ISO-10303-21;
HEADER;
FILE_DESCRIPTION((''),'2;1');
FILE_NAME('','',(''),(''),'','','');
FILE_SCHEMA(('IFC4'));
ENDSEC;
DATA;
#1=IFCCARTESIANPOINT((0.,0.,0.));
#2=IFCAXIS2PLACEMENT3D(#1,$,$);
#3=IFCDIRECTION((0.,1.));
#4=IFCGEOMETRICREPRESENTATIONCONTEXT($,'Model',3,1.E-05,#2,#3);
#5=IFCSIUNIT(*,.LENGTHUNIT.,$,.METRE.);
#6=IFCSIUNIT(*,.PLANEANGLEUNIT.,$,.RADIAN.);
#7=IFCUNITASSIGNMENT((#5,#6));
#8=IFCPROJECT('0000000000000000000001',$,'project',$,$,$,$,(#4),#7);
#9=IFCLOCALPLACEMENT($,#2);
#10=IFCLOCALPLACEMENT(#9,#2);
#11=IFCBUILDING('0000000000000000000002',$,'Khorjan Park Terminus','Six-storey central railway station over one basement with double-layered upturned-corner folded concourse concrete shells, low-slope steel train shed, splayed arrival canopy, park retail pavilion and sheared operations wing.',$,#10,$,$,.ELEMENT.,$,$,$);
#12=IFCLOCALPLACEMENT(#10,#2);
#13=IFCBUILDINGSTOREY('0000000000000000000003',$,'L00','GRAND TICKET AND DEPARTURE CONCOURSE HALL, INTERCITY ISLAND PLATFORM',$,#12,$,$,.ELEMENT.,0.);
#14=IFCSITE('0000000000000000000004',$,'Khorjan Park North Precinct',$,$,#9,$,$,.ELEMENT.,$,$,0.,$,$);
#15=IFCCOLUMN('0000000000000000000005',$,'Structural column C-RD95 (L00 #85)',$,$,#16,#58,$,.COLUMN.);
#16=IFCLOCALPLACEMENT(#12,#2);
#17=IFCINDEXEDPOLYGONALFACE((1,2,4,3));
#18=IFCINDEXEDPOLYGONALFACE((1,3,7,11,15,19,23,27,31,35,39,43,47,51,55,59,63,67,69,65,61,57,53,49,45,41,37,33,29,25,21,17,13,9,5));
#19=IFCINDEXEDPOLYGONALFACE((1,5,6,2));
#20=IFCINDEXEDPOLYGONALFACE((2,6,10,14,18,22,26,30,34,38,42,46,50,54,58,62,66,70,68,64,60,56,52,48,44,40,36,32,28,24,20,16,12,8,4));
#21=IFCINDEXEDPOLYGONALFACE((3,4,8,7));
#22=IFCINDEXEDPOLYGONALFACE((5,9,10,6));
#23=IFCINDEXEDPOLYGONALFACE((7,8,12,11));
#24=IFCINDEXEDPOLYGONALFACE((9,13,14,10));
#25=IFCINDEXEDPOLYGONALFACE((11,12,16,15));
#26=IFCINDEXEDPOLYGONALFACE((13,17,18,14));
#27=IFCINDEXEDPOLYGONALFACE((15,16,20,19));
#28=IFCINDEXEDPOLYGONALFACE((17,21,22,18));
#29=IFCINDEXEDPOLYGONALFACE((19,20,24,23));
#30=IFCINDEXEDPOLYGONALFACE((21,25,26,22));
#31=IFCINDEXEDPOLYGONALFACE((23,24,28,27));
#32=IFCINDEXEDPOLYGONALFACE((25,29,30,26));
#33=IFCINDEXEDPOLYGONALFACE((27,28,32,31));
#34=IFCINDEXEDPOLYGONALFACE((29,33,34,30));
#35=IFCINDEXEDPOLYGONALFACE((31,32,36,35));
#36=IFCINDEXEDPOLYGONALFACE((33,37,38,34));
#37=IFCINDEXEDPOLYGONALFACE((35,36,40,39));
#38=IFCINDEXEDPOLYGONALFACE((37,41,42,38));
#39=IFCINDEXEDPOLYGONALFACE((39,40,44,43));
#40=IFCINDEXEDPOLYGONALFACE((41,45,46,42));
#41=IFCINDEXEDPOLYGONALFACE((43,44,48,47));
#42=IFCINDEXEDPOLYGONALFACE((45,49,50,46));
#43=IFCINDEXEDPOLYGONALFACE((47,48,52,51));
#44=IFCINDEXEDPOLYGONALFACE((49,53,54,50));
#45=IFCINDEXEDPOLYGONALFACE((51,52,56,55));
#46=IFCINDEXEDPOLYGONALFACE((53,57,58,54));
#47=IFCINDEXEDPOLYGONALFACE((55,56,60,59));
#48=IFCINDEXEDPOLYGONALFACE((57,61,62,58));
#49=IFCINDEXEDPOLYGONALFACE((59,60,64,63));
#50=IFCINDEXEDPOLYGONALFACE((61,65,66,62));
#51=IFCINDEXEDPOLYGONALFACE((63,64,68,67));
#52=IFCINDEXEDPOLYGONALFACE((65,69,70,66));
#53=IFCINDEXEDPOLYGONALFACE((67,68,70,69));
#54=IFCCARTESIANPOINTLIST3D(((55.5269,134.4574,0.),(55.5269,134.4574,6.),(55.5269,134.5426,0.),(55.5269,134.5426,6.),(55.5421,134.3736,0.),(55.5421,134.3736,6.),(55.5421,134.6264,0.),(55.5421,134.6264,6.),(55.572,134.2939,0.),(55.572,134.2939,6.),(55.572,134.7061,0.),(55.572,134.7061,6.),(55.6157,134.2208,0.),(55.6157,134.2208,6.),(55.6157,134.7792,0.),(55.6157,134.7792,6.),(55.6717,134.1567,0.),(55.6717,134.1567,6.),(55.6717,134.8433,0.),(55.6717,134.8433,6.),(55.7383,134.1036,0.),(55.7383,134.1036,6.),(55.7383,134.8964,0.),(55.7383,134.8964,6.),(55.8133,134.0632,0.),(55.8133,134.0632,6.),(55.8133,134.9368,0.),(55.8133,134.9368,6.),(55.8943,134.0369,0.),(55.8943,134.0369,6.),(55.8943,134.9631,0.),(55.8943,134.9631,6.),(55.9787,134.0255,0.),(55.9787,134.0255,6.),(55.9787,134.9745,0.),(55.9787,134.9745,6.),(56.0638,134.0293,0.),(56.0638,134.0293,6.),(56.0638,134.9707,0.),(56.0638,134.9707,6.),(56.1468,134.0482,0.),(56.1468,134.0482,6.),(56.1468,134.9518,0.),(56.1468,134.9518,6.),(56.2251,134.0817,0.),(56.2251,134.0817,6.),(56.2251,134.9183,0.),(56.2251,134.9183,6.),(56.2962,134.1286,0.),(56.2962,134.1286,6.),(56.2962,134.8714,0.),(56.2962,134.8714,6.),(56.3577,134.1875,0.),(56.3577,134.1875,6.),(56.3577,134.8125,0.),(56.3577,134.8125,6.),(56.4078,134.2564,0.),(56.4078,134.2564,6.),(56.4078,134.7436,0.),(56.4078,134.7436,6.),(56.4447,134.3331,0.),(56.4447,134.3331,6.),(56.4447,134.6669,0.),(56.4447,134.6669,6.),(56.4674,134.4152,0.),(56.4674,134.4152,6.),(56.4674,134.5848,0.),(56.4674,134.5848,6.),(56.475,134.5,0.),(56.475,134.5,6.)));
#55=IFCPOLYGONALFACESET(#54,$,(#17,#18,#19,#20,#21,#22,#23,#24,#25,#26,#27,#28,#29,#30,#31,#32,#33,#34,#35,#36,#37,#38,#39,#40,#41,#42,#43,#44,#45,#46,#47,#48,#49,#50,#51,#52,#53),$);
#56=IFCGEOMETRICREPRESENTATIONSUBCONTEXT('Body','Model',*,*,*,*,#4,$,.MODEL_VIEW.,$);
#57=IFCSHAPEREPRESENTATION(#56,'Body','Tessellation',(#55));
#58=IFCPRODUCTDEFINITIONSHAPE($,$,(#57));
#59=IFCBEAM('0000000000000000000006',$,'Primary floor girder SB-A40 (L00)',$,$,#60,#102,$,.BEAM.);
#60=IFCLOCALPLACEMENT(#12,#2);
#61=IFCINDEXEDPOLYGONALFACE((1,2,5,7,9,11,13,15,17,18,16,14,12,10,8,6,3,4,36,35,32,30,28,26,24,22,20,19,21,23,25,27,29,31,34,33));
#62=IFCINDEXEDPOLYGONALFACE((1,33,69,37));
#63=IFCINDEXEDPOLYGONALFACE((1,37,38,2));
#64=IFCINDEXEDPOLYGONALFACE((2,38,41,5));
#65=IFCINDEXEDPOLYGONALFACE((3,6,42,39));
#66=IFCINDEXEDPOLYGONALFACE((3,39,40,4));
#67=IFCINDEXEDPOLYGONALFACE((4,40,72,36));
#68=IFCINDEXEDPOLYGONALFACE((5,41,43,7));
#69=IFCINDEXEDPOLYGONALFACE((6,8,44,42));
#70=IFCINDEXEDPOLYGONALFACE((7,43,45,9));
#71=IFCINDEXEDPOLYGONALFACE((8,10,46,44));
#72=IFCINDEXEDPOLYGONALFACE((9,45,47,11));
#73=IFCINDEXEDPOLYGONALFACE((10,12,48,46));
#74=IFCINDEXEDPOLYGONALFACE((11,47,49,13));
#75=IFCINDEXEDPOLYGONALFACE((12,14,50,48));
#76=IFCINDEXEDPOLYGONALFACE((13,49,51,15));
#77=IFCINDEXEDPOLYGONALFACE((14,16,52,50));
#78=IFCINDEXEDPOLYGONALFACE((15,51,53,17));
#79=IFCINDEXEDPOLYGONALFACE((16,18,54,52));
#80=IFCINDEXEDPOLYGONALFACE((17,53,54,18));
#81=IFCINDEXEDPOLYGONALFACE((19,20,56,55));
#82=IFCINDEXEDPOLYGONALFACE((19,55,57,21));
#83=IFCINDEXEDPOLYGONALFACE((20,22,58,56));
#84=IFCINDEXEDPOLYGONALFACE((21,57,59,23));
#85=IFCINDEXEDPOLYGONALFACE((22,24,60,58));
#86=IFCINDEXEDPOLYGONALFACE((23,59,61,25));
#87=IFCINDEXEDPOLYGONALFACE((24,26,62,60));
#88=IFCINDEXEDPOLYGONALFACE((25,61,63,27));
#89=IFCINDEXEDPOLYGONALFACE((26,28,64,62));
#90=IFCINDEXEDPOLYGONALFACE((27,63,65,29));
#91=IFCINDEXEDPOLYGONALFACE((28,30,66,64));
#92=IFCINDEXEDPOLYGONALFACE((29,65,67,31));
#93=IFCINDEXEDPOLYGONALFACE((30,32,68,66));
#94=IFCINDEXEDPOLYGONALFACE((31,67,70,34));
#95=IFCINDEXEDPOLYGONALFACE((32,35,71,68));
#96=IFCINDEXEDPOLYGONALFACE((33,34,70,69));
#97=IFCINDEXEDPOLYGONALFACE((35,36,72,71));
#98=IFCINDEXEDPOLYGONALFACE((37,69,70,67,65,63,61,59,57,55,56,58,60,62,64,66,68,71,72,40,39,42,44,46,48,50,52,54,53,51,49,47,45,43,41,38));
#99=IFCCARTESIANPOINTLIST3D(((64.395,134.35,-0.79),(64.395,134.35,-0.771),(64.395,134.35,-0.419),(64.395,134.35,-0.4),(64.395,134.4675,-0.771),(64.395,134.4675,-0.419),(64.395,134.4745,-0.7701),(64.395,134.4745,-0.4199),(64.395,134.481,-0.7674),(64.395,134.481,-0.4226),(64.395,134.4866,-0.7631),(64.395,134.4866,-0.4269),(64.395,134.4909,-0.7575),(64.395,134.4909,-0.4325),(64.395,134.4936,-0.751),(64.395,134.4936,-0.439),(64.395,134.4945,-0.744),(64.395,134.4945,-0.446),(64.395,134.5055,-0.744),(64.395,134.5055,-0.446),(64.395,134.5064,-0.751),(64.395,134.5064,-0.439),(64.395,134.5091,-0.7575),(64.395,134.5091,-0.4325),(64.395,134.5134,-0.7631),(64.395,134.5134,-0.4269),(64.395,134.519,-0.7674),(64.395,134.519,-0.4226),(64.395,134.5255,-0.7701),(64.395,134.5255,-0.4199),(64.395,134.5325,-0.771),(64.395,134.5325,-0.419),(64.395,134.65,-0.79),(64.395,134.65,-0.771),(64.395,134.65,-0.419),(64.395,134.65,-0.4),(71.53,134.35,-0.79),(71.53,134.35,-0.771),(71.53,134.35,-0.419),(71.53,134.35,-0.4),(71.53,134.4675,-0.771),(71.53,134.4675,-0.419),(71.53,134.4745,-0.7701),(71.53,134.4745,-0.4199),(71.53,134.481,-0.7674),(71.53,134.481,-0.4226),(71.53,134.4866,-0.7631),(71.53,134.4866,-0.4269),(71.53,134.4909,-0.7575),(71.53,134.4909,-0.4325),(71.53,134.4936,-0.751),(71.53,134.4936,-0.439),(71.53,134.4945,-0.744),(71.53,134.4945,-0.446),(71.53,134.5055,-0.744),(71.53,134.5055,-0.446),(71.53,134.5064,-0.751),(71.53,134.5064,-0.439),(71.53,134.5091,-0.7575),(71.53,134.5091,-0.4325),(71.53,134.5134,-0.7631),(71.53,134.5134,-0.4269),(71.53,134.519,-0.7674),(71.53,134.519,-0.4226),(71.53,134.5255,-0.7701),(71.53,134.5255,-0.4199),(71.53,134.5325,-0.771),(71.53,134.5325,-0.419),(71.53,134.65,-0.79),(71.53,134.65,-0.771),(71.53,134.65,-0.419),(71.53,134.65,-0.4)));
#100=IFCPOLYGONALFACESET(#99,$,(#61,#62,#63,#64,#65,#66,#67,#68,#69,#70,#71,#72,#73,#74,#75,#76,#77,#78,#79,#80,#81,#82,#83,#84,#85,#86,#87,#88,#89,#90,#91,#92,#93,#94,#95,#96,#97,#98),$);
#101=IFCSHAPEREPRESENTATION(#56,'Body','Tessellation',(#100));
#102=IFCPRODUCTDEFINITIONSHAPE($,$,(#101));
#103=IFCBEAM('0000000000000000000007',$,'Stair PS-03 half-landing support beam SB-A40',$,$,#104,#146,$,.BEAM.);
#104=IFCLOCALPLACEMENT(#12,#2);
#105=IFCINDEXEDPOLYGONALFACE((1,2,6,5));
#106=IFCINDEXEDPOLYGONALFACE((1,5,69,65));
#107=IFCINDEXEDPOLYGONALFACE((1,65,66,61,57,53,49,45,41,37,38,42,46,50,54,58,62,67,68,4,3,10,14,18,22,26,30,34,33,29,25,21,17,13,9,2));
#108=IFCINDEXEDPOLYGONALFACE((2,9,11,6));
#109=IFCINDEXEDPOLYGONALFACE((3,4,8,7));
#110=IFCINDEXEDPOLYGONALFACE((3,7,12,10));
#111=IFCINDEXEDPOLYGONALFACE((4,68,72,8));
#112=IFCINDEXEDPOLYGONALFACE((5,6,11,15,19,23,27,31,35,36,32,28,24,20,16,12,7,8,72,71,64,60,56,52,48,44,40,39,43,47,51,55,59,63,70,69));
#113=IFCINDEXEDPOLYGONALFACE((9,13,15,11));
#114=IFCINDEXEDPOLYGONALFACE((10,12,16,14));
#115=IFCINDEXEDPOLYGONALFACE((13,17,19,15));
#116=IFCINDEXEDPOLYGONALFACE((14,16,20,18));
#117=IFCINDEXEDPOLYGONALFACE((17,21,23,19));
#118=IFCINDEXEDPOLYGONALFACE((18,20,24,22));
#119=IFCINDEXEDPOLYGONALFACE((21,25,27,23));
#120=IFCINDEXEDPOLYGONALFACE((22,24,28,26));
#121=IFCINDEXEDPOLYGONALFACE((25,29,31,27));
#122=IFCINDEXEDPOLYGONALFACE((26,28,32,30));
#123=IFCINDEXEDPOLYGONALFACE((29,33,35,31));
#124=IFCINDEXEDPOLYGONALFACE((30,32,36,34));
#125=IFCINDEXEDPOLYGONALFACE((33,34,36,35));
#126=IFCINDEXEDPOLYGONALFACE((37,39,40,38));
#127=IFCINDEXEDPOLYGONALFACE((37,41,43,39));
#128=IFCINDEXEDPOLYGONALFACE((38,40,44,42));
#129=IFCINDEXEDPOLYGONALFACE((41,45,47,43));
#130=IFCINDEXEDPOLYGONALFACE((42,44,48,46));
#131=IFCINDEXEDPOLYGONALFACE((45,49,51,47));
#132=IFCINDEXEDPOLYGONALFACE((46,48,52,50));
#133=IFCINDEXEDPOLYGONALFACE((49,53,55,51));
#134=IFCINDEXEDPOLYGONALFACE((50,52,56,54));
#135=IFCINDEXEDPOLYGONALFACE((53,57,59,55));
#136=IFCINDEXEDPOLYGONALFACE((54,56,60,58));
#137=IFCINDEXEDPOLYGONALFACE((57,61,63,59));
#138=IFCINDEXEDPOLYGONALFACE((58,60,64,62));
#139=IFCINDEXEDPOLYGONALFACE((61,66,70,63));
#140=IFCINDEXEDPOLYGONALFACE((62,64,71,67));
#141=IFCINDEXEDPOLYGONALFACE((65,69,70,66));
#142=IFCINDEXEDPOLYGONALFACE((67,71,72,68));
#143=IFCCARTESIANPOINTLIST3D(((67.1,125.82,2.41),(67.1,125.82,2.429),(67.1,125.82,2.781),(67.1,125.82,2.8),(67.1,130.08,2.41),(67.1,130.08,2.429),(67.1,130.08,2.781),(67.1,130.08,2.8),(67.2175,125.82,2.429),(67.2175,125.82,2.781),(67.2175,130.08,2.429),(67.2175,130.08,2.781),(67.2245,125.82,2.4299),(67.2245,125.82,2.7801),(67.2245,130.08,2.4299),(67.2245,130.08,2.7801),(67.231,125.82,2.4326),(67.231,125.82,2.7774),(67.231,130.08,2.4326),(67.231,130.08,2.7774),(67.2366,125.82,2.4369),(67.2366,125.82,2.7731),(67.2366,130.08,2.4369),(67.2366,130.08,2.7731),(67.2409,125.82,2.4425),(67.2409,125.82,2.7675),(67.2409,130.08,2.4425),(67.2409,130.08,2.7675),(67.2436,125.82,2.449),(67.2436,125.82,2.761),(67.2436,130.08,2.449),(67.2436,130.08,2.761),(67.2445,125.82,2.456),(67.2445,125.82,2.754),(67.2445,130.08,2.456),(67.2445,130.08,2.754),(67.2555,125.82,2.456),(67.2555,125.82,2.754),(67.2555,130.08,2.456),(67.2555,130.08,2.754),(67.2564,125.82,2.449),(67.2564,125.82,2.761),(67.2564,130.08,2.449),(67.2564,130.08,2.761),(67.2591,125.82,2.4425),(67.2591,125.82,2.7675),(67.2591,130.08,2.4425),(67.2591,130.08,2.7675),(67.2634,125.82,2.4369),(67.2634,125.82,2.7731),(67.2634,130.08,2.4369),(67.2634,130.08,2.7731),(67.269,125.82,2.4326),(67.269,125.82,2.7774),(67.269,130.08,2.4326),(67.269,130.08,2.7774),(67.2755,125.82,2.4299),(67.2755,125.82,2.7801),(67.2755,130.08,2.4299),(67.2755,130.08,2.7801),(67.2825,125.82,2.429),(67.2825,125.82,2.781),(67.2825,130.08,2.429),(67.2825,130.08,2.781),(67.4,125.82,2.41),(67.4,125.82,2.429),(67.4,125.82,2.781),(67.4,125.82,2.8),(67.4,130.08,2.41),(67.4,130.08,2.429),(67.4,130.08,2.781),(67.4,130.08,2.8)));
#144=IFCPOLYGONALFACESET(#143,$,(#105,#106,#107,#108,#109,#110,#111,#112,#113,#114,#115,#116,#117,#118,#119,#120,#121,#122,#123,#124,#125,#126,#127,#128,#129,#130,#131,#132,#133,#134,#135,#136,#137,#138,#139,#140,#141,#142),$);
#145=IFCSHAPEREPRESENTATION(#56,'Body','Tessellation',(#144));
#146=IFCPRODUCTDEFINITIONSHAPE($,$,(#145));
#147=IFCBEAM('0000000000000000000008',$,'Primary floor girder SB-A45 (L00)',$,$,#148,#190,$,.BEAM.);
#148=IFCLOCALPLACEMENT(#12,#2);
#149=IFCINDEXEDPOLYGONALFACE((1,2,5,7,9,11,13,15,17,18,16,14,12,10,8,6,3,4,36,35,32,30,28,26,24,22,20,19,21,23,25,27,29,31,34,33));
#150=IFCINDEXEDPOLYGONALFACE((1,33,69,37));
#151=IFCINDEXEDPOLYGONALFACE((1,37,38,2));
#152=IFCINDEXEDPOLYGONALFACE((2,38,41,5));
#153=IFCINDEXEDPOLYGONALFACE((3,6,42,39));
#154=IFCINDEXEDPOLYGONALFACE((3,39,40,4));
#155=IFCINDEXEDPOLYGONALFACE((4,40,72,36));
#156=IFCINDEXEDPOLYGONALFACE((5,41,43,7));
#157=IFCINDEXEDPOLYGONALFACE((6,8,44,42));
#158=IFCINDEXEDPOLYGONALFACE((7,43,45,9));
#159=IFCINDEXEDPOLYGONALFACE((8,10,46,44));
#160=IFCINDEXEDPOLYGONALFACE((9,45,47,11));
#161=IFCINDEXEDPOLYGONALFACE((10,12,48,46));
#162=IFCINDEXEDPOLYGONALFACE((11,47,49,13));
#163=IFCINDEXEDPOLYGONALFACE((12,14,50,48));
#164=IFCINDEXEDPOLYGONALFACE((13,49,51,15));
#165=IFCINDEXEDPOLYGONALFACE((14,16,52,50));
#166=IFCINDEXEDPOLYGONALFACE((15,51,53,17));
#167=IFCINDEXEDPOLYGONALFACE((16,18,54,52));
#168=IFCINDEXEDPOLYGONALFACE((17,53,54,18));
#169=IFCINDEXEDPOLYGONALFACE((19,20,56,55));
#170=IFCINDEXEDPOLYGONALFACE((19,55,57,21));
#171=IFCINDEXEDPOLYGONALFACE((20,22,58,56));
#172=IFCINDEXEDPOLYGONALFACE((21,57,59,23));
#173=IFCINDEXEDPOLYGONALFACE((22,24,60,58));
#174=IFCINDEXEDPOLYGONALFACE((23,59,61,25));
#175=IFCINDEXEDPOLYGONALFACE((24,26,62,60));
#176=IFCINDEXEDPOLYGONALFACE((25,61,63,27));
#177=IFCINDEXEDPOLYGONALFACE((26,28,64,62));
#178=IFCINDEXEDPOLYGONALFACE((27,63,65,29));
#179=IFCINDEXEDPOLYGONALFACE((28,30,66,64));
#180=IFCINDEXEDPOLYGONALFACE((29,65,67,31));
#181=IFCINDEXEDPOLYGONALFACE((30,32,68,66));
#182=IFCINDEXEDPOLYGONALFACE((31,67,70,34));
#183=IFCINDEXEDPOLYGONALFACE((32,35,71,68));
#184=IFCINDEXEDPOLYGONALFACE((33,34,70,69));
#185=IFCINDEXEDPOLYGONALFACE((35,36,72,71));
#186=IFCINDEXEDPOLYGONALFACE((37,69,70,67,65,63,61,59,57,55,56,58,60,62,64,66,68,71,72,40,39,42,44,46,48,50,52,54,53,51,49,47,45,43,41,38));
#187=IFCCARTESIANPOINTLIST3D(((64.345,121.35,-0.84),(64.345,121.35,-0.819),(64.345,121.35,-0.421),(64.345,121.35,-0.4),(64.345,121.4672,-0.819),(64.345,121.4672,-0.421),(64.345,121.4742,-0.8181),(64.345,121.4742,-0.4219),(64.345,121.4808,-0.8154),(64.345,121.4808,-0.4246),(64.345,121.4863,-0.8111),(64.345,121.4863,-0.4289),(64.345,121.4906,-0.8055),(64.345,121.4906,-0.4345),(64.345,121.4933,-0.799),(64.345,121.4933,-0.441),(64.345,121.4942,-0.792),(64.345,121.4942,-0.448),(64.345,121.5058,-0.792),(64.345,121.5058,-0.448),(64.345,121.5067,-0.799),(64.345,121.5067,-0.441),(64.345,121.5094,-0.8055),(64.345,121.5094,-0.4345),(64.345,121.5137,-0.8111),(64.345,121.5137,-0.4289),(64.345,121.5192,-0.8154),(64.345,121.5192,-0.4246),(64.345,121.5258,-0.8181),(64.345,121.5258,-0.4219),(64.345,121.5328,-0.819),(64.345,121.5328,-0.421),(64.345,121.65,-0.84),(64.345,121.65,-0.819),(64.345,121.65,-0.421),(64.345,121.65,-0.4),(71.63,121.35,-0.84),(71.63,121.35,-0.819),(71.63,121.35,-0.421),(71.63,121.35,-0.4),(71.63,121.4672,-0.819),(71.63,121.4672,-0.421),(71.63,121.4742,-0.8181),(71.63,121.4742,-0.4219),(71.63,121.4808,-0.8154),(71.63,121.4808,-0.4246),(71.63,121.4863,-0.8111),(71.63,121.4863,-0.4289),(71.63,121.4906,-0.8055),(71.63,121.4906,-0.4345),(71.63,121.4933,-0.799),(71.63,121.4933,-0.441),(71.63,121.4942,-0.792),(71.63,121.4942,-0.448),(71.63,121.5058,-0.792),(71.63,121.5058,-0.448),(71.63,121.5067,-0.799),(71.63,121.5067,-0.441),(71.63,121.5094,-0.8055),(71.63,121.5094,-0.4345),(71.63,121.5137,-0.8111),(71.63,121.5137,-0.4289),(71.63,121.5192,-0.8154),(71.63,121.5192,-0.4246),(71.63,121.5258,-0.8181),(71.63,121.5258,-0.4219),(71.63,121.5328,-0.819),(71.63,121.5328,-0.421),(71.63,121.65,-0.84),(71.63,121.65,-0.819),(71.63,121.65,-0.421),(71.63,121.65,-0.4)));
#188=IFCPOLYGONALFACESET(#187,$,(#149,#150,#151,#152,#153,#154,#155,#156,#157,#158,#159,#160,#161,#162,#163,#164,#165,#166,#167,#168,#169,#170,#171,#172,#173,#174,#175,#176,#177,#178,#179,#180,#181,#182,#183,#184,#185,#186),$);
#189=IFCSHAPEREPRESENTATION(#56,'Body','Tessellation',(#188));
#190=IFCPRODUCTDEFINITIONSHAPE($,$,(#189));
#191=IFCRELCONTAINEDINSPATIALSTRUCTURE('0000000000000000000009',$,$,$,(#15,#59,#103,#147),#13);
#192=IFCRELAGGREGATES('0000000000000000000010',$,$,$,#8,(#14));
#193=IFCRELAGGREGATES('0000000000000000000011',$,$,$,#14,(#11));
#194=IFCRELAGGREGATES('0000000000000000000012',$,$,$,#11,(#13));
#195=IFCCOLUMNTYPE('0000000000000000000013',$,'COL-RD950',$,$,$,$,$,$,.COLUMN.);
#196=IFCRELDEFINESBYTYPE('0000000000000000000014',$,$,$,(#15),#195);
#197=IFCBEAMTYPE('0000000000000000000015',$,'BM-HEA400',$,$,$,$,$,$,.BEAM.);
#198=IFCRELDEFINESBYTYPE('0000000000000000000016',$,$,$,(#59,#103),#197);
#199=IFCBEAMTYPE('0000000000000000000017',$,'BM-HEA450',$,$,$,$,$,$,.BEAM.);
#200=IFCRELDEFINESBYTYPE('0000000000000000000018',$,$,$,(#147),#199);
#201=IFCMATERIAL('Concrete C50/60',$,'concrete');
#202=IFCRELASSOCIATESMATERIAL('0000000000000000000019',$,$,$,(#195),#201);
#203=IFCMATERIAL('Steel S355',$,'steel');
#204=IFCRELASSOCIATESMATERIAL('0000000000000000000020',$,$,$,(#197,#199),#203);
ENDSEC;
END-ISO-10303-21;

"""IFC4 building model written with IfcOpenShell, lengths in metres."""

from ifc_helpers import new_model, si_unit, direction, frame, origin, origin_2d, place, context, subcontext, project, spatial, circle, i_section, extrude, material, material_profile, profile_set, type_object, element, save


model = new_model("IFC4")

# Units and contexts
model_context = context("Model", 3, precision=1e-05, world=origin(), true_north=direction((0.0, 1.0)))
body_context = subcontext(model_context, "Body", "Model", "MODEL_VIEW")
ifc_project = project(units=[si_unit("LENGTHUNIT", "METRE"), si_unit("PLANEANGLEUNIT", "RADIAN")], contexts=[model_context])

# Site, building, storey
site_placement = place(None, origin())
site = spatial("IfcSite", under=ifc_project, at=site_placement, Name="Khorjan Park North Precinct", CompositionType="ELEMENT", RefElevation=0.0)
building_placement = place(site_placement, origin())
building = spatial("IfcBuilding", under=site, at=building_placement, Name="Khorjan Park Terminus", Description="Six-storey central railway station over one basement with double-layered upturned-corner folded concourse concrete shells, low-slope steel train shed, splayed arrival canopy, park retail pavilion and sheared operations wing.", CompositionType="ELEMENT")
storey_placement = place(building_placement, origin())
storey = spatial("IfcBuildingStorey", under=building, at=storey_placement, Name="L00", Description="GRAND TICKET AND DEPARTURE CONCOURSE HALL, INTERCITY ISLAND PLATFORM", CompositionType="ELEMENT", Elevation=0.0)

# Column
ifc_material_1 = material(Name="Steel S355", Category="steel")
ifc_material_2 = material(Name="Concrete C50/60", Category="concrete")
ifc_material_profile_1 = material_profile(ifc_material_2, circle(Radius=0.475, at=origin_2d()), Name="RC D950")
ifc_profile_set_1 = profile_set([ifc_material_profile_1], Name="Concrete C50/60")
column_type_1 = type_object("IfcColumnType", Name="COL-RD950", PredefinedType="COLUMN", material=ifc_profile_set_1)
column_1_placement = place(storey_placement, frame((56.0, 134.5, 0.0), z_axis=(0.0, 0.0, 1.0), x_axis=(1.0, 0.0, 0.0)))
element("IfcColumn", 1, at=column_1_placement, inside=storey, type_object=column_type_1, Name="Structural column C-RD95 (L00 #85)", PredefinedType="COLUMN", context=body_context, shape_type="SweptSolid", body=[
    extrude(circle(Radius=0.475, at=origin_2d()), origin(), (0.0, 0.0, 1.0), 6.0),
])

# Beams
ifc_material_profile_2 = material_profile(ifc_material_1, i_section(OverallWidth=0.3, OverallDepth=0.39, WebThickness=0.011, FlangeThickness=0.019, FilletRadius=0.027, at=origin_2d()), Name="HEA 400")
ifc_profile_set_2 = profile_set([ifc_material_profile_2], Name="Steel S355")
beam_type_1 = type_object("IfcBeamType", Name="BM-HEA400", PredefinedType="BEAM", material=ifc_profile_set_2)
beam_1_placement = place(storey_placement, frame((64.395, 134.5, -0.595), z_axis=(1.0, 0.0, 0.0), x_axis=(0.0, 1.0, 0.0)))
element("IfcBeam", 2, at=beam_1_placement, inside=storey, type_object=beam_type_1, Name="Primary floor girder SB-A40 (L00)", PredefinedType="BEAM", context=body_context, shape_type="SweptSolid", body=[
    extrude(i_section(OverallWidth=0.3, OverallDepth=0.39, WebThickness=0.011, FlangeThickness=0.019, FilletRadius=0.027, at=origin_2d()), origin(), (0.0, 0.0, 1.0), 7.135),
])
beam_2_placement = place(storey_placement, frame((67.25, 125.82, 2.605), z_axis=(0.0, 1.0, 0.0), x_axis=(-1.0, 0.0, 0.0)))
element("IfcBeam", 3, at=beam_2_placement, inside=storey, type_object=beam_type_1, Name="Stair PS-03 half-landing support beam SB-A40", PredefinedType="BEAM", context=body_context, shape_type="SweptSolid", body=[
    extrude(i_section(OverallWidth=0.3, OverallDepth=0.39, WebThickness=0.011, FlangeThickness=0.019, FilletRadius=0.027, at=origin_2d()), origin(), (0.0, 0.0, 1.0), 4.26),
])
ifc_material_profile_3 = material_profile(ifc_material_1, i_section(OverallWidth=0.3, OverallDepth=0.44, WebThickness=0.0115, FlangeThickness=0.021, FilletRadius=0.027, at=origin_2d()), Name="HEA 450")
ifc_profile_set_3 = profile_set([ifc_material_profile_3], Name="Steel S355")
beam_type_2 = type_object("IfcBeamType", Name="BM-HEA450", PredefinedType="BEAM", material=ifc_profile_set_3)
beam_3_placement = place(storey_placement, frame((64.345, 121.5, -0.62), z_axis=(1.0, 0.0, 0.0), x_axis=(0.0, 1.0, 0.0)))
element("IfcBeam", 4, at=beam_3_placement, inside=storey, type_object=beam_type_2, Name="Primary floor girder SB-A45 (L00)", PredefinedType="BEAM", context=body_context, shape_type="SweptSolid", body=[
    extrude(i_section(OverallWidth=0.3, OverallDepth=0.44, WebThickness=0.0115, FlangeThickness=0.021, FilletRadius=0.027, at=origin_2d()), origin(), (0.0, 0.0, 1.0), 7.285),
])

save(model, "model.ifc")
